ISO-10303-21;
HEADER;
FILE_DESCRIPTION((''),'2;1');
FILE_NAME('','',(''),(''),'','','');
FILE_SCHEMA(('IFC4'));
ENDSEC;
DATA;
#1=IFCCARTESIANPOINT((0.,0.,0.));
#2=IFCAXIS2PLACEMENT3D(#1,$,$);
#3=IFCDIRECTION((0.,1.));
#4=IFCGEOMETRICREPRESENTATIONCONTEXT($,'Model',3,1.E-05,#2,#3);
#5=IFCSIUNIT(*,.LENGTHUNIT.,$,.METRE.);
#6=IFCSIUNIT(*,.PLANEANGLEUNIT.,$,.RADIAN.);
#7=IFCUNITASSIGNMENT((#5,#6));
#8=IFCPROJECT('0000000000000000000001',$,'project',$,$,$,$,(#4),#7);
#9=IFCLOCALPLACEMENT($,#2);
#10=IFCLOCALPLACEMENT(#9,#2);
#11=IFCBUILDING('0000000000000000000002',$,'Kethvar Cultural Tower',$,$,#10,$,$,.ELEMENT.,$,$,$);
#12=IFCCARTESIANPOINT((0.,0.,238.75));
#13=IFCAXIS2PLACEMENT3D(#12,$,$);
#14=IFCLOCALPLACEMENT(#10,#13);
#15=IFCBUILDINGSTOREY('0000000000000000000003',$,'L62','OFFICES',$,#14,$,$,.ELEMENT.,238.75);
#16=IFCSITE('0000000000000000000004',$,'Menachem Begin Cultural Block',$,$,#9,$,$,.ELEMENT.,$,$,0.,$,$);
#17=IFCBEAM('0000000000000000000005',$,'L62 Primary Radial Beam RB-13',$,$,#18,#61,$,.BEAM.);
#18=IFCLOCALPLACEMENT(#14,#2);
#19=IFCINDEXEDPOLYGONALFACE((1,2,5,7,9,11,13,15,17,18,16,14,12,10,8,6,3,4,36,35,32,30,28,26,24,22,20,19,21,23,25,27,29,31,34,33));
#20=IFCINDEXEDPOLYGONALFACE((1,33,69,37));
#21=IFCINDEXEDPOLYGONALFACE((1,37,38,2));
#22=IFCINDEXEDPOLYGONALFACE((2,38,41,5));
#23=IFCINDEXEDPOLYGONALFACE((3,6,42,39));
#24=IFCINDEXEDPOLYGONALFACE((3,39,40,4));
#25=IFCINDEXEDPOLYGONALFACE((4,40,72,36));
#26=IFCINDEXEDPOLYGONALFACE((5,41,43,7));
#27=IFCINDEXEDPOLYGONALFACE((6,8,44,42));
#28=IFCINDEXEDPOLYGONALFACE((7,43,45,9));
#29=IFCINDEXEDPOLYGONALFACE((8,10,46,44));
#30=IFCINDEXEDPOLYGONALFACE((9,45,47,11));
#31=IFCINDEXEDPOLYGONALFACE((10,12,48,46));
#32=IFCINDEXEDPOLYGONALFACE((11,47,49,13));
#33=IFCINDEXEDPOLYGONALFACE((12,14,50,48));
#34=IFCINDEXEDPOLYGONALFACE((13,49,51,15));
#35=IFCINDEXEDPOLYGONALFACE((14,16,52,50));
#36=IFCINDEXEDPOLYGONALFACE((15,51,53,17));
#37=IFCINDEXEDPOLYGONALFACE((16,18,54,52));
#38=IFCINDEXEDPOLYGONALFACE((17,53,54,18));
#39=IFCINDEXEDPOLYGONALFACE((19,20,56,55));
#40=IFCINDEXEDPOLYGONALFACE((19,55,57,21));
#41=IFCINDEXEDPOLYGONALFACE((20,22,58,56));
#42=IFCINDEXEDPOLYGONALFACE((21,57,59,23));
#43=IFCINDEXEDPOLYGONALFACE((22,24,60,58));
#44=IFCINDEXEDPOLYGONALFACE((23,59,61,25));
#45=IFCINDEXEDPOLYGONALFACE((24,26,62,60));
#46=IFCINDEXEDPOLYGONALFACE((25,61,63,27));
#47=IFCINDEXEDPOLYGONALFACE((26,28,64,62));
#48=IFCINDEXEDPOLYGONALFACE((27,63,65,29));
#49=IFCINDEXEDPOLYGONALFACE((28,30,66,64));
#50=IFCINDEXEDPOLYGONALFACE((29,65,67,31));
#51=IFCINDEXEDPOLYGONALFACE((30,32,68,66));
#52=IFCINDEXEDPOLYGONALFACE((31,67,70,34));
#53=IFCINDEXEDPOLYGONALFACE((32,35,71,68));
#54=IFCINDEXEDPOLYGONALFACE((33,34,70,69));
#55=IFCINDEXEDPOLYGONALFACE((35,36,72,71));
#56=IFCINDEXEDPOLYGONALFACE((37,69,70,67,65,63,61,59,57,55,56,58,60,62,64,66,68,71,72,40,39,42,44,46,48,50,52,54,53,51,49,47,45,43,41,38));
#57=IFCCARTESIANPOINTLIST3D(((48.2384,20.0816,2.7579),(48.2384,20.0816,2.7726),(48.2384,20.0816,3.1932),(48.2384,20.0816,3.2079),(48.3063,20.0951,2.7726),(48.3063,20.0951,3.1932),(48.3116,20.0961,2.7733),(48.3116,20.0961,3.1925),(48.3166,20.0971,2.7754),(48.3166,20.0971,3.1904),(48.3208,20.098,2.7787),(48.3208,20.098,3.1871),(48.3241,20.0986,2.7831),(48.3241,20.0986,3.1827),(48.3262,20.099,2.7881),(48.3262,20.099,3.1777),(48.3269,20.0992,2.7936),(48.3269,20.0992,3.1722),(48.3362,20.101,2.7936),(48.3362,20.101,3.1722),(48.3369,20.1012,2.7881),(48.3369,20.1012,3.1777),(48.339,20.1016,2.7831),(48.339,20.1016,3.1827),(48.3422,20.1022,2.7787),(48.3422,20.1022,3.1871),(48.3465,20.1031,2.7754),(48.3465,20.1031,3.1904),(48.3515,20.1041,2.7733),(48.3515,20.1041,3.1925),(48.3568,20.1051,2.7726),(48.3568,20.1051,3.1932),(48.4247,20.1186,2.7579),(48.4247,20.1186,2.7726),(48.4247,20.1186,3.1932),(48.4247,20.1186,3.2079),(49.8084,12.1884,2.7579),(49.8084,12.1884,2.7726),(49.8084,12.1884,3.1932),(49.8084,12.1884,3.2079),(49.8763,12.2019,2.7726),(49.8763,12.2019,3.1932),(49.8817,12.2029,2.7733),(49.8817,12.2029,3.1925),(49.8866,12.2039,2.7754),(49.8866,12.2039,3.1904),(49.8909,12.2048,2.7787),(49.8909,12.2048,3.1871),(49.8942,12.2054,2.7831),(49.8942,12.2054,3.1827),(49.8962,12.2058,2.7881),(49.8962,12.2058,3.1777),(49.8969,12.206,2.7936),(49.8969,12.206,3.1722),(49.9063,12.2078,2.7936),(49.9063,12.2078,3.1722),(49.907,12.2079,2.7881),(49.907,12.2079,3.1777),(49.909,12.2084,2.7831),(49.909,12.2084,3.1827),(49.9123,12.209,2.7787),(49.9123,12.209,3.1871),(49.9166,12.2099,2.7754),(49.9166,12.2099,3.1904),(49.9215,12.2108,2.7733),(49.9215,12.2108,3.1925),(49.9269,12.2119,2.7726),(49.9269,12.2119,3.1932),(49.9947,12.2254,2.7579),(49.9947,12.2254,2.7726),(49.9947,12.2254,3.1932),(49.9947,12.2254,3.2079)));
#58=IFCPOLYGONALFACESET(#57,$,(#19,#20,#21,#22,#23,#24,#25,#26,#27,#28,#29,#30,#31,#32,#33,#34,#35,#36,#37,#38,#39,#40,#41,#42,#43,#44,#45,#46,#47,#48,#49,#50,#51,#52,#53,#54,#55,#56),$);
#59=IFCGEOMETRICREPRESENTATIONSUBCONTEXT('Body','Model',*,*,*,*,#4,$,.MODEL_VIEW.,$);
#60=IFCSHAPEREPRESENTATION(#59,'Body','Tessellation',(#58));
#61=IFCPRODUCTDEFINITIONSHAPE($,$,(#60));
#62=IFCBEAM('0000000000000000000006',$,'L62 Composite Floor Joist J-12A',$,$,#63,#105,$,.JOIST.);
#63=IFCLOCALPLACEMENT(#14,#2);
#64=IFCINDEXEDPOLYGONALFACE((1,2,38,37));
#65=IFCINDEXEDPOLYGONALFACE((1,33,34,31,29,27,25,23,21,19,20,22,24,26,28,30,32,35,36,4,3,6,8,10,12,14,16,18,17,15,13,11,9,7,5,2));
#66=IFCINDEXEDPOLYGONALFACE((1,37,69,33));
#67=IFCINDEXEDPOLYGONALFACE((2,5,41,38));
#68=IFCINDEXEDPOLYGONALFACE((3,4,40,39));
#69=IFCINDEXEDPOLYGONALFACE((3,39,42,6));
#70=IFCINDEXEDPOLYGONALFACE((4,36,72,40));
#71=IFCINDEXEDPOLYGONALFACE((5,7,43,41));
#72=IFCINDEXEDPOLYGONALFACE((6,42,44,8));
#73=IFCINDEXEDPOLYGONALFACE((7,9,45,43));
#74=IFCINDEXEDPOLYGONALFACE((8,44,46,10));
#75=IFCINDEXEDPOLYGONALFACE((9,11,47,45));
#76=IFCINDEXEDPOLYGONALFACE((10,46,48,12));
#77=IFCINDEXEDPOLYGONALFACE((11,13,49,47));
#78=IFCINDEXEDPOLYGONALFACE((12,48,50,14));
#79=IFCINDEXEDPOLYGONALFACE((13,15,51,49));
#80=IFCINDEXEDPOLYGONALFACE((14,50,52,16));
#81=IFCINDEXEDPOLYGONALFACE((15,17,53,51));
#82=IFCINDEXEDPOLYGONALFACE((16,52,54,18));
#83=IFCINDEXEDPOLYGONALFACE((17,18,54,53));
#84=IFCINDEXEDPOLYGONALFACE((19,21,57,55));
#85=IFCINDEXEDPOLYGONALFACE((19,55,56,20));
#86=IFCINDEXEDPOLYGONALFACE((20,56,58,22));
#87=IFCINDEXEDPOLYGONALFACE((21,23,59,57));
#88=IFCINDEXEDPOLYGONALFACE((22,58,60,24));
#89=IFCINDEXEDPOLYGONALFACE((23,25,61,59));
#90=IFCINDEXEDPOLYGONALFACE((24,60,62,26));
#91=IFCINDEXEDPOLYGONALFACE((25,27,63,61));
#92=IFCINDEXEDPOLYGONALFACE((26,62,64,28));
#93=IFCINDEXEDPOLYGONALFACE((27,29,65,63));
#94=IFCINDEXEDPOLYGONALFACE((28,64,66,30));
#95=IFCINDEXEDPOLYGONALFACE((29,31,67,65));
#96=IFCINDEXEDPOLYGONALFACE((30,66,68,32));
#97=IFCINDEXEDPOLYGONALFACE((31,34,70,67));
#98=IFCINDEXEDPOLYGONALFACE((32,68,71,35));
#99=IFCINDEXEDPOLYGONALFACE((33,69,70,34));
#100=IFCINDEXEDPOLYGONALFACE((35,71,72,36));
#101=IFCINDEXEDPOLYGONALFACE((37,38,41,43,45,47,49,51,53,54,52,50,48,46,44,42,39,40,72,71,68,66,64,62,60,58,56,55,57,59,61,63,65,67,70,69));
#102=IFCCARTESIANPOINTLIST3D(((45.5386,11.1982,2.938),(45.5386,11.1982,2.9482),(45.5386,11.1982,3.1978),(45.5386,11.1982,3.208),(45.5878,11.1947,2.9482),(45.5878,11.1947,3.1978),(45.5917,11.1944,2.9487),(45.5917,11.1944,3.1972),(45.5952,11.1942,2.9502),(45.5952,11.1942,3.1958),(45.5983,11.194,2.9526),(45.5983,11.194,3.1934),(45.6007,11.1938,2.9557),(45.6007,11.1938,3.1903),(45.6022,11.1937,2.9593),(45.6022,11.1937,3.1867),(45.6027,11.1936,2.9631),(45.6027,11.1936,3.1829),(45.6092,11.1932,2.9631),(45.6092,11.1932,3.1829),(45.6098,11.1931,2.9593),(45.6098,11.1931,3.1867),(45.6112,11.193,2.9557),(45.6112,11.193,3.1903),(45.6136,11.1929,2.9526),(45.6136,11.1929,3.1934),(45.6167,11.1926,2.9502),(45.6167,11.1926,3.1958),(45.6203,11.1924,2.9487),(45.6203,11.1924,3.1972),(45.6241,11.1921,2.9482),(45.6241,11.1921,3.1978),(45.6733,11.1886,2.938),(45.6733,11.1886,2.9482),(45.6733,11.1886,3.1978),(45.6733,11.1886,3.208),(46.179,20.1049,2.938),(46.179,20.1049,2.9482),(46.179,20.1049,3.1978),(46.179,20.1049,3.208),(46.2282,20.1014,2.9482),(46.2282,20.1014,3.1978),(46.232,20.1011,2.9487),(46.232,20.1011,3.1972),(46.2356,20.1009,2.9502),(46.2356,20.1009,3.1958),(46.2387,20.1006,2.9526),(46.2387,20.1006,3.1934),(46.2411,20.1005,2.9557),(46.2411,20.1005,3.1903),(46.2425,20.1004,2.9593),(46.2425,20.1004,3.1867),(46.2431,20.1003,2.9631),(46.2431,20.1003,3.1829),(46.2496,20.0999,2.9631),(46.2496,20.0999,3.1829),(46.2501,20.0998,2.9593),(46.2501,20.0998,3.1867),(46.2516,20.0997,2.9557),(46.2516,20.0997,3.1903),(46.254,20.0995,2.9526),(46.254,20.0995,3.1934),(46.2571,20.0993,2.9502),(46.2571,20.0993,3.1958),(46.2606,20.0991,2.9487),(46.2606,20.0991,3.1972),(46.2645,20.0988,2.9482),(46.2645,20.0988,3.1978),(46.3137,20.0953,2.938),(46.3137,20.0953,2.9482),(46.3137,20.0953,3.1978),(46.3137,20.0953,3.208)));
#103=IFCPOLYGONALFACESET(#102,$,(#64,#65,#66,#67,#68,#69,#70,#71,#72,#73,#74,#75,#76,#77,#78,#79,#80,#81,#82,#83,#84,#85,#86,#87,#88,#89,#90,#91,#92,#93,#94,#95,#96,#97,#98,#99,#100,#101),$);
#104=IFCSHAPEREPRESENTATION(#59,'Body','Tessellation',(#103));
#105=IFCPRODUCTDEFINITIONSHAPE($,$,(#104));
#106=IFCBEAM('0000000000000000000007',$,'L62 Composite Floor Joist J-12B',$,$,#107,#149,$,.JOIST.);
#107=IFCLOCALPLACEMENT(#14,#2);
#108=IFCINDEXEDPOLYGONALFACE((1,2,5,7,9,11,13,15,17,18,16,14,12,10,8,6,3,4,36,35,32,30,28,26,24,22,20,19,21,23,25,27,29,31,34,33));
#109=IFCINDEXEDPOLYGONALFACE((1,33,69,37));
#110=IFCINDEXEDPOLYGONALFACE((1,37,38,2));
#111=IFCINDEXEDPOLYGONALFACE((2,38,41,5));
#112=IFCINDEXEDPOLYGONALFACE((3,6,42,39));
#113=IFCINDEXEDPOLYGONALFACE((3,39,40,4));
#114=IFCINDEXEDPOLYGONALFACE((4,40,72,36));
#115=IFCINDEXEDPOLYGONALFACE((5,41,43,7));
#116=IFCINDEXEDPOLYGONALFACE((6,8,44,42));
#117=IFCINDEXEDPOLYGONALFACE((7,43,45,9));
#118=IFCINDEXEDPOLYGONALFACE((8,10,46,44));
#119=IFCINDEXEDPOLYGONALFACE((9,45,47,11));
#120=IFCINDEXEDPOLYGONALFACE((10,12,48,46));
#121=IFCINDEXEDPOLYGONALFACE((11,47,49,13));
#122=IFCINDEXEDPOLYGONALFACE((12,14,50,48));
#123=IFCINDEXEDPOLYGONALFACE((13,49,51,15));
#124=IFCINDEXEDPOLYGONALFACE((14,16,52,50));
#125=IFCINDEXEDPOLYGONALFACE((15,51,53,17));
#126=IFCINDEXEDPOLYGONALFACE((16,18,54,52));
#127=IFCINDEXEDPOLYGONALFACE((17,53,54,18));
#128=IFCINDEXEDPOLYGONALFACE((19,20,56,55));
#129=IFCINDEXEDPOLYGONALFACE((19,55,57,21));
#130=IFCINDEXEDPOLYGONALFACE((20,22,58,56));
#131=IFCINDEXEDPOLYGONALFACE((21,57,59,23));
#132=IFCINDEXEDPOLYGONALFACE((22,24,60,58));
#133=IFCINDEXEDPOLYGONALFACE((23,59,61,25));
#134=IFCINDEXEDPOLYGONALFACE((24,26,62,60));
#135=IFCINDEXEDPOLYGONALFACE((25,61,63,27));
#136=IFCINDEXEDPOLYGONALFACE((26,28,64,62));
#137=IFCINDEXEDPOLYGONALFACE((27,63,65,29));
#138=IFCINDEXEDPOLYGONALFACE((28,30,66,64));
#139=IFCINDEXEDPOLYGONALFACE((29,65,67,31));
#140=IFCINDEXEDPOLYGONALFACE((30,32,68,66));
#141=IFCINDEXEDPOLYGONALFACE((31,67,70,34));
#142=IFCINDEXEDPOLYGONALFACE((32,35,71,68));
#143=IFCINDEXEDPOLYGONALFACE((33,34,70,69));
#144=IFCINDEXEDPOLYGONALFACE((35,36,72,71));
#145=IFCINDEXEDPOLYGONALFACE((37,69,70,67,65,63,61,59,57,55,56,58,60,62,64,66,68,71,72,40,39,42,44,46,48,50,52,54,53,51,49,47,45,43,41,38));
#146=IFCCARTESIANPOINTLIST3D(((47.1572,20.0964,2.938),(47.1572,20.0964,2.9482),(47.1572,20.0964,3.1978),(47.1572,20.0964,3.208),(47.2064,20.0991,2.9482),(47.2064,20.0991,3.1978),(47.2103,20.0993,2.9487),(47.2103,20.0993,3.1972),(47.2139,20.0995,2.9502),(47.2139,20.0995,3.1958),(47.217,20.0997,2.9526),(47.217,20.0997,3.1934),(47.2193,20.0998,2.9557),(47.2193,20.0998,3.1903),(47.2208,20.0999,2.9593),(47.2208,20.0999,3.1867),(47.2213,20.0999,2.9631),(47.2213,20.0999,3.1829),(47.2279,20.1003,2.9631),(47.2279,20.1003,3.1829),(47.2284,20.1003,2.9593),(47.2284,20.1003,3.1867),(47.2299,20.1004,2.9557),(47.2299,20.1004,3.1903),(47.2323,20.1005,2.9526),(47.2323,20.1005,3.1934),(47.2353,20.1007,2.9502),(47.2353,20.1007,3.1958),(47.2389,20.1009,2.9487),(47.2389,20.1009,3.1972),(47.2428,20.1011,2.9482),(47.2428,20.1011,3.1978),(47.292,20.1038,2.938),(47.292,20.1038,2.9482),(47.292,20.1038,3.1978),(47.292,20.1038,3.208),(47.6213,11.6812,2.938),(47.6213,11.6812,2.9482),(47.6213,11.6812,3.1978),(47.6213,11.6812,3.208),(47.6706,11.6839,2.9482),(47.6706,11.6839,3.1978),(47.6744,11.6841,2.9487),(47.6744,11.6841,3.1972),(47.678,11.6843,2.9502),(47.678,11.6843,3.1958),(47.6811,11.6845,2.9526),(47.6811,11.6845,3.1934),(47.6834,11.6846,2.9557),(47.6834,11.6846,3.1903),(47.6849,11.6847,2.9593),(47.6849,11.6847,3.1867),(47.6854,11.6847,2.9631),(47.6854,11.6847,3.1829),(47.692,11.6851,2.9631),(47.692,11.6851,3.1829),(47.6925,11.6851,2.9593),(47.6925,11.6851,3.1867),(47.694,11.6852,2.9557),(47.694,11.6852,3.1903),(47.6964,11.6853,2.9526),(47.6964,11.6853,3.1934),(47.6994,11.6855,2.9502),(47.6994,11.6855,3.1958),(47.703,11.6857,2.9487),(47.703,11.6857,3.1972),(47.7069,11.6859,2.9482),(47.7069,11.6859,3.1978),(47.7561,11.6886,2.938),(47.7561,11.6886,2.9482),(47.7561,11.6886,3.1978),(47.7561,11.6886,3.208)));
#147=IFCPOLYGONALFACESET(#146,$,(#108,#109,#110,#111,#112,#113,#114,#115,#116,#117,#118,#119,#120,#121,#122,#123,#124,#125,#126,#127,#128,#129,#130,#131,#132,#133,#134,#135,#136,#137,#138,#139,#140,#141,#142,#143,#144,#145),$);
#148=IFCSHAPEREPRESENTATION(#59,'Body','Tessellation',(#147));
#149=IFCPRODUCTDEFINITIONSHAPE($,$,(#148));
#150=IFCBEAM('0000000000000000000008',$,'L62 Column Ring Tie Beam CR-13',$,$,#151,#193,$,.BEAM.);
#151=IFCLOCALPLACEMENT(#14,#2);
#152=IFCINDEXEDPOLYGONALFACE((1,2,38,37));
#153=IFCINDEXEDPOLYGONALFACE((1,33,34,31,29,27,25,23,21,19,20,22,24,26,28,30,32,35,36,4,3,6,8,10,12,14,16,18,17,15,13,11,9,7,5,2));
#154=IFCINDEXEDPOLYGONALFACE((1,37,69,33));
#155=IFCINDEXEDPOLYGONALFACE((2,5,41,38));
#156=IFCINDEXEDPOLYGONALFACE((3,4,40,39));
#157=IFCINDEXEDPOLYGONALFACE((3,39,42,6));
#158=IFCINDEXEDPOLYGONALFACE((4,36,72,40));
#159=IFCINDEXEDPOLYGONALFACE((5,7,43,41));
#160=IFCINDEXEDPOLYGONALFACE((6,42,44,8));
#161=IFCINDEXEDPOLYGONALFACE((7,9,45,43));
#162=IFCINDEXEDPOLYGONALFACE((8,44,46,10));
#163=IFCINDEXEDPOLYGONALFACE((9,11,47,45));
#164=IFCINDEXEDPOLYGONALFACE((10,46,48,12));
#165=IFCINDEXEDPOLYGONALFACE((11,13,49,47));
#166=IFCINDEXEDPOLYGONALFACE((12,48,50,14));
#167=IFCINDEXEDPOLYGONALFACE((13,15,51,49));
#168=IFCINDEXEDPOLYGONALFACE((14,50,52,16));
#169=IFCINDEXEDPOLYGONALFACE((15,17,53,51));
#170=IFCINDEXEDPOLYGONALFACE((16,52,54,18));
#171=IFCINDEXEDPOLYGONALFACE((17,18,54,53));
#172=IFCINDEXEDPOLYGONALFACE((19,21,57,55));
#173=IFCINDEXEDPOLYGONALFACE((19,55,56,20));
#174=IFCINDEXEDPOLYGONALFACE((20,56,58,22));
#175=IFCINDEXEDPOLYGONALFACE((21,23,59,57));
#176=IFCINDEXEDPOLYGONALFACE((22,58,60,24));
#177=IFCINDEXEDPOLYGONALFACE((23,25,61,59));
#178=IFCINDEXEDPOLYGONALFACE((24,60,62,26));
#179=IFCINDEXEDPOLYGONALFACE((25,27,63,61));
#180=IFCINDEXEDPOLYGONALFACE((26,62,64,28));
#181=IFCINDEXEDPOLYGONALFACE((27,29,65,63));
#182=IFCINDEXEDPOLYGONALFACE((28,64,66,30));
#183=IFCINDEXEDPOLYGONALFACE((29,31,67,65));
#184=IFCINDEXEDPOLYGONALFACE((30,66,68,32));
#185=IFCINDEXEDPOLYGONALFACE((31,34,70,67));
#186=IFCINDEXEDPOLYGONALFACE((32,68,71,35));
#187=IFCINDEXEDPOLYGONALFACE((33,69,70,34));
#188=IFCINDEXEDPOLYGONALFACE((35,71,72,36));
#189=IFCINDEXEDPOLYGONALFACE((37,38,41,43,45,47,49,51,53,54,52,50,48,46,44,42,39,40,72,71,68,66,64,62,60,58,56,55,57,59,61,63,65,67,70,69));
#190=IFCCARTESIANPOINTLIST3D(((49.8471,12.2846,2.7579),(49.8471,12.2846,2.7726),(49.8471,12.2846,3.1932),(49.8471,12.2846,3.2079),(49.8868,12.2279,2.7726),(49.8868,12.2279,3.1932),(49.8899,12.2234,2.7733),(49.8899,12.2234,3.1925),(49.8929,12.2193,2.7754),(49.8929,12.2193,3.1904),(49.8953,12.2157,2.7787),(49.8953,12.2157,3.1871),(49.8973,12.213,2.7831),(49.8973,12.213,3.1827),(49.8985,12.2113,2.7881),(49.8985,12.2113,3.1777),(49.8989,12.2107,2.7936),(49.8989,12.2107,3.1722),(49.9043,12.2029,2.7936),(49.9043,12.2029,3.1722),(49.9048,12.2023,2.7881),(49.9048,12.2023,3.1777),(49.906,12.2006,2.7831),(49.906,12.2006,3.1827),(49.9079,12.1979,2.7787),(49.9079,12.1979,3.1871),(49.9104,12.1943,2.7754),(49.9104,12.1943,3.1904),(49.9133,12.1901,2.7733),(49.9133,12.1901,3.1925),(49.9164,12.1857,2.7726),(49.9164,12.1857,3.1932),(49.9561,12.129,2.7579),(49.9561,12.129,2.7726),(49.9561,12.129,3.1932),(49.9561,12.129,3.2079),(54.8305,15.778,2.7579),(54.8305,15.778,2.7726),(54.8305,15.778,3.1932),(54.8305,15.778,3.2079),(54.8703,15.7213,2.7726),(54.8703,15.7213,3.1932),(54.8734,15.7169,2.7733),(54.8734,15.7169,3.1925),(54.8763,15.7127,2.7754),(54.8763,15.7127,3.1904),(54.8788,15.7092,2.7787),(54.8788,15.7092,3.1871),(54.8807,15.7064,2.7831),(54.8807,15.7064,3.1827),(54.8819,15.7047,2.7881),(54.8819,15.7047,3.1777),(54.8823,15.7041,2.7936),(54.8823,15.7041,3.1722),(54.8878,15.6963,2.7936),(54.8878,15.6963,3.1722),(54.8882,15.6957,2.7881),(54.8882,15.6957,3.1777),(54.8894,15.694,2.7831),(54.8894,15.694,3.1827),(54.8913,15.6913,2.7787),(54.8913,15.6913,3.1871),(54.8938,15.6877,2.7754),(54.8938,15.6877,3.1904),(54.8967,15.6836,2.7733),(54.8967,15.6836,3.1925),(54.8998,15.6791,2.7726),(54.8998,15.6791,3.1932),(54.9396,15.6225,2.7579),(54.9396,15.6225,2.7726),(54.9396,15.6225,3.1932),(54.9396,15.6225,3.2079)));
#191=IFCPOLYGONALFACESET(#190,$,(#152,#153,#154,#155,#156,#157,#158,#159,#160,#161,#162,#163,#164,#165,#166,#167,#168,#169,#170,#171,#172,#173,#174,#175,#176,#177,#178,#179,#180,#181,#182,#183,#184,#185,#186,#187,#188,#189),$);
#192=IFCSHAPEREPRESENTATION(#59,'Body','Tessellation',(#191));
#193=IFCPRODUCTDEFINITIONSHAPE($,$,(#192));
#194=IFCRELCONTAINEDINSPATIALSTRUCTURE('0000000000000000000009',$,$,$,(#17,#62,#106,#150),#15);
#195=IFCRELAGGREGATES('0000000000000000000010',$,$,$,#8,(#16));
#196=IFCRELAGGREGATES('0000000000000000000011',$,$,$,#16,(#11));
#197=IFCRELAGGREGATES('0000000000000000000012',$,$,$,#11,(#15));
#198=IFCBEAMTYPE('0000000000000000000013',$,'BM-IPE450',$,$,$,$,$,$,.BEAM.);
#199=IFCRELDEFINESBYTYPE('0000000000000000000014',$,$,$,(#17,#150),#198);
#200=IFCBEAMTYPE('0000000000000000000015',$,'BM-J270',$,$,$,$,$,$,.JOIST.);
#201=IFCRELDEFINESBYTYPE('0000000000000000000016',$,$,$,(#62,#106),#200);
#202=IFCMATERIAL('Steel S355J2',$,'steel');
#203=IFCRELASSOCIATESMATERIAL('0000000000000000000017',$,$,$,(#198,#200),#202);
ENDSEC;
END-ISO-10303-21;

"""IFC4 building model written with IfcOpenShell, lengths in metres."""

from ifc_helpers import new_model, si_unit, direction, frame, origin, origin_2d, place, context, subcontext, project, spatial, i_section, extrude, source, transform, mapped, material, material_profile, profile_set, type_object, element, save


model = new_model("IFC4")

# Units and contexts
model_context = context("Model", 3, precision=1e-05, world=origin(), true_north=direction((0.0, 1.0)))
body_context = subcontext(model_context, "Body", "Model", "MODEL_VIEW")
ifc_project = project(units=[si_unit("LENGTHUNIT", "METRE"), si_unit("PLANEANGLEUNIT", "RADIAN")], contexts=[model_context])

# Site, building, storey
site_placement = place(None, origin())
site = spatial("IfcSite", under=ifc_project, at=site_placement, Name="Menachem Begin Cultural Block", CompositionType="ELEMENT", RefElevation=0.0)
building_placement = place(site_placement, origin())
building = spatial("IfcBuilding", under=site, at=building_placement, Name="Kethvar Cultural Tower", CompositionType="ELEMENT")
storey_placement = place(building_placement, frame((0.0, 0.0, 238.75)))
storey = spatial("IfcBuildingStorey", under=building, at=storey_placement, Name="L62", Description="OFFICES", CompositionType="ELEMENT", Elevation=238.75)

# Beams
ifc_material_1 = material(Name="Steel S355J2", Category="steel")
ifc_material_profile_1 = material_profile(ifc_material_1, i_section(OverallWidth=0.1899, OverallDepth=0.45, WebThickness=0.0095, FlangeThickness=0.0146, FilletRadius=0.021, at=origin_2d()), Name="Steel S355J2 — IPE450")
ifc_profile_set_1 = profile_set([ifc_material_profile_1], Name="Steel S355J2 — IPE450")
beam_type_1 = type_object("IfcBeamType", Name="BM-IPE450", PredefinedType="BEAM", material=ifc_profile_set_1)
shared_shape_1 = source(origin(), body_context, "Body", "SweptSolid", [
    extrude(i_section(OverallWidth=0.1899, OverallDepth=0.45, WebThickness=0.0095, FlangeThickness=0.0146, FilletRadius=0.021, at=origin_2d()), origin(), (0.0, 0.0, 1.0), 8.0479),
])
beam_1_placement = place(storey_placement, frame((48.3315, 20.1001, 2.9829), z_axis=(0.195089, -0.980785, 0.0), x_axis=(0.980785, 0.195089, 0.0)))
element("IfcBeam", 1, at=beam_1_placement, inside=storey, type_object=beam_type_1, Name="L62 Primary Radial Beam RB-13", PredefinedType="BEAM", context=body_context, shape_type="MappedRepresentation", body=[
    mapped(shared_shape_1, transform((0.0, 0.0, 0.0), scale=1.0)),
])
ifc_material_profile_2 = material_profile(ifc_material_1, i_section(OverallWidth=0.135, OverallDepth=0.27, WebThickness=0.0066, FlangeThickness=0.0103, FilletRadius=0.0149, at=origin_2d()), Name="Steel S355J2 — IPE270")
ifc_profile_set_2 = profile_set([ifc_material_profile_2], Name="Steel S355J2 — IPE270")
beam_type_2 = type_object("IfcBeamType", Name="BM-J270", PredefinedType="JOIST", material=ifc_profile_set_2)
shared_shape_2 = source(origin(), body_context, "Body", "SweptSolid", [
    extrude(i_section(OverallWidth=0.135, OverallDepth=0.27, WebThickness=0.0066, FlangeThickness=0.0103, FilletRadius=0.0149, at=origin_2d()), origin(), (0.0, 0.0, 1.0), 8.9297),
])
beam_2_placement = place(storey_placement, frame((46.2463, 20.1001, 3.073), z_axis=(-0.071713, -0.997425, 0.0), x_axis=(0.997425, -0.071713, 0.0)))
element("IfcBeam", 2, at=beam_2_placement, inside=storey, type_object=beam_type_2, Name="L62 Composite Floor Joist J-12A", PredefinedType="JOIST", context=body_context, shape_type="MappedRepresentation", body=[
    mapped(shared_shape_2, transform((0.0, 0.0, 0.0), scale=1.0)),
])
shared_shape_3 = source(origin(), body_context, "Body", "SweptSolid", [
    extrude(i_section(OverallWidth=0.135, OverallDepth=0.27, WebThickness=0.0066, FlangeThickness=0.0103, FilletRadius=0.0149, at=origin_2d()), origin(), (0.0, 0.0, 1.0), 8.428),
])
beam_3_placement = place(storey_placement, frame((47.2246, 20.1001, 3.073), z_axis=(0.055067, -0.998483, 0.0), x_axis=(0.998483, 0.055067, 0.0)))
element("IfcBeam", 3, at=beam_3_placement, inside=storey, type_object=beam_type_2, Name="L62 Composite Floor Joist J-12B", PredefinedType="JOIST", context=body_context, shape_type="MappedRepresentation", body=[
    mapped(shared_shape_3, transform((0.0, 0.0, 0.0), scale=1.0)),
])
shared_shape_4 = source(origin(), body_context, "Body", "SweptSolid", [
    extrude(i_section(OverallWidth=0.1899, OverallDepth=0.45, WebThickness=0.0095, FlangeThickness=0.0146, FilletRadius=0.021, at=origin_2d()), origin(), (0.0, 0.0, 1.0), 6.0859),
])
beam_4_placement = place(storey_placement, frame((49.9016, 12.2068, 2.9829), z_axis=(0.818843, 0.574017, 0.0), x_axis=(-0.574017, 0.818843, 0.0)))
element("IfcBeam", 4, at=beam_4_placement, inside=storey, type_object=beam_type_1, Name="L62 Column Ring Tie Beam CR-13", PredefinedType="BEAM", context=body_context, shape_type="MappedRepresentation", body=[
    mapped(shared_shape_4, transform((0.0, 0.0, 0.0), scale=1.0)),
])

save(model, "model.ifc")
